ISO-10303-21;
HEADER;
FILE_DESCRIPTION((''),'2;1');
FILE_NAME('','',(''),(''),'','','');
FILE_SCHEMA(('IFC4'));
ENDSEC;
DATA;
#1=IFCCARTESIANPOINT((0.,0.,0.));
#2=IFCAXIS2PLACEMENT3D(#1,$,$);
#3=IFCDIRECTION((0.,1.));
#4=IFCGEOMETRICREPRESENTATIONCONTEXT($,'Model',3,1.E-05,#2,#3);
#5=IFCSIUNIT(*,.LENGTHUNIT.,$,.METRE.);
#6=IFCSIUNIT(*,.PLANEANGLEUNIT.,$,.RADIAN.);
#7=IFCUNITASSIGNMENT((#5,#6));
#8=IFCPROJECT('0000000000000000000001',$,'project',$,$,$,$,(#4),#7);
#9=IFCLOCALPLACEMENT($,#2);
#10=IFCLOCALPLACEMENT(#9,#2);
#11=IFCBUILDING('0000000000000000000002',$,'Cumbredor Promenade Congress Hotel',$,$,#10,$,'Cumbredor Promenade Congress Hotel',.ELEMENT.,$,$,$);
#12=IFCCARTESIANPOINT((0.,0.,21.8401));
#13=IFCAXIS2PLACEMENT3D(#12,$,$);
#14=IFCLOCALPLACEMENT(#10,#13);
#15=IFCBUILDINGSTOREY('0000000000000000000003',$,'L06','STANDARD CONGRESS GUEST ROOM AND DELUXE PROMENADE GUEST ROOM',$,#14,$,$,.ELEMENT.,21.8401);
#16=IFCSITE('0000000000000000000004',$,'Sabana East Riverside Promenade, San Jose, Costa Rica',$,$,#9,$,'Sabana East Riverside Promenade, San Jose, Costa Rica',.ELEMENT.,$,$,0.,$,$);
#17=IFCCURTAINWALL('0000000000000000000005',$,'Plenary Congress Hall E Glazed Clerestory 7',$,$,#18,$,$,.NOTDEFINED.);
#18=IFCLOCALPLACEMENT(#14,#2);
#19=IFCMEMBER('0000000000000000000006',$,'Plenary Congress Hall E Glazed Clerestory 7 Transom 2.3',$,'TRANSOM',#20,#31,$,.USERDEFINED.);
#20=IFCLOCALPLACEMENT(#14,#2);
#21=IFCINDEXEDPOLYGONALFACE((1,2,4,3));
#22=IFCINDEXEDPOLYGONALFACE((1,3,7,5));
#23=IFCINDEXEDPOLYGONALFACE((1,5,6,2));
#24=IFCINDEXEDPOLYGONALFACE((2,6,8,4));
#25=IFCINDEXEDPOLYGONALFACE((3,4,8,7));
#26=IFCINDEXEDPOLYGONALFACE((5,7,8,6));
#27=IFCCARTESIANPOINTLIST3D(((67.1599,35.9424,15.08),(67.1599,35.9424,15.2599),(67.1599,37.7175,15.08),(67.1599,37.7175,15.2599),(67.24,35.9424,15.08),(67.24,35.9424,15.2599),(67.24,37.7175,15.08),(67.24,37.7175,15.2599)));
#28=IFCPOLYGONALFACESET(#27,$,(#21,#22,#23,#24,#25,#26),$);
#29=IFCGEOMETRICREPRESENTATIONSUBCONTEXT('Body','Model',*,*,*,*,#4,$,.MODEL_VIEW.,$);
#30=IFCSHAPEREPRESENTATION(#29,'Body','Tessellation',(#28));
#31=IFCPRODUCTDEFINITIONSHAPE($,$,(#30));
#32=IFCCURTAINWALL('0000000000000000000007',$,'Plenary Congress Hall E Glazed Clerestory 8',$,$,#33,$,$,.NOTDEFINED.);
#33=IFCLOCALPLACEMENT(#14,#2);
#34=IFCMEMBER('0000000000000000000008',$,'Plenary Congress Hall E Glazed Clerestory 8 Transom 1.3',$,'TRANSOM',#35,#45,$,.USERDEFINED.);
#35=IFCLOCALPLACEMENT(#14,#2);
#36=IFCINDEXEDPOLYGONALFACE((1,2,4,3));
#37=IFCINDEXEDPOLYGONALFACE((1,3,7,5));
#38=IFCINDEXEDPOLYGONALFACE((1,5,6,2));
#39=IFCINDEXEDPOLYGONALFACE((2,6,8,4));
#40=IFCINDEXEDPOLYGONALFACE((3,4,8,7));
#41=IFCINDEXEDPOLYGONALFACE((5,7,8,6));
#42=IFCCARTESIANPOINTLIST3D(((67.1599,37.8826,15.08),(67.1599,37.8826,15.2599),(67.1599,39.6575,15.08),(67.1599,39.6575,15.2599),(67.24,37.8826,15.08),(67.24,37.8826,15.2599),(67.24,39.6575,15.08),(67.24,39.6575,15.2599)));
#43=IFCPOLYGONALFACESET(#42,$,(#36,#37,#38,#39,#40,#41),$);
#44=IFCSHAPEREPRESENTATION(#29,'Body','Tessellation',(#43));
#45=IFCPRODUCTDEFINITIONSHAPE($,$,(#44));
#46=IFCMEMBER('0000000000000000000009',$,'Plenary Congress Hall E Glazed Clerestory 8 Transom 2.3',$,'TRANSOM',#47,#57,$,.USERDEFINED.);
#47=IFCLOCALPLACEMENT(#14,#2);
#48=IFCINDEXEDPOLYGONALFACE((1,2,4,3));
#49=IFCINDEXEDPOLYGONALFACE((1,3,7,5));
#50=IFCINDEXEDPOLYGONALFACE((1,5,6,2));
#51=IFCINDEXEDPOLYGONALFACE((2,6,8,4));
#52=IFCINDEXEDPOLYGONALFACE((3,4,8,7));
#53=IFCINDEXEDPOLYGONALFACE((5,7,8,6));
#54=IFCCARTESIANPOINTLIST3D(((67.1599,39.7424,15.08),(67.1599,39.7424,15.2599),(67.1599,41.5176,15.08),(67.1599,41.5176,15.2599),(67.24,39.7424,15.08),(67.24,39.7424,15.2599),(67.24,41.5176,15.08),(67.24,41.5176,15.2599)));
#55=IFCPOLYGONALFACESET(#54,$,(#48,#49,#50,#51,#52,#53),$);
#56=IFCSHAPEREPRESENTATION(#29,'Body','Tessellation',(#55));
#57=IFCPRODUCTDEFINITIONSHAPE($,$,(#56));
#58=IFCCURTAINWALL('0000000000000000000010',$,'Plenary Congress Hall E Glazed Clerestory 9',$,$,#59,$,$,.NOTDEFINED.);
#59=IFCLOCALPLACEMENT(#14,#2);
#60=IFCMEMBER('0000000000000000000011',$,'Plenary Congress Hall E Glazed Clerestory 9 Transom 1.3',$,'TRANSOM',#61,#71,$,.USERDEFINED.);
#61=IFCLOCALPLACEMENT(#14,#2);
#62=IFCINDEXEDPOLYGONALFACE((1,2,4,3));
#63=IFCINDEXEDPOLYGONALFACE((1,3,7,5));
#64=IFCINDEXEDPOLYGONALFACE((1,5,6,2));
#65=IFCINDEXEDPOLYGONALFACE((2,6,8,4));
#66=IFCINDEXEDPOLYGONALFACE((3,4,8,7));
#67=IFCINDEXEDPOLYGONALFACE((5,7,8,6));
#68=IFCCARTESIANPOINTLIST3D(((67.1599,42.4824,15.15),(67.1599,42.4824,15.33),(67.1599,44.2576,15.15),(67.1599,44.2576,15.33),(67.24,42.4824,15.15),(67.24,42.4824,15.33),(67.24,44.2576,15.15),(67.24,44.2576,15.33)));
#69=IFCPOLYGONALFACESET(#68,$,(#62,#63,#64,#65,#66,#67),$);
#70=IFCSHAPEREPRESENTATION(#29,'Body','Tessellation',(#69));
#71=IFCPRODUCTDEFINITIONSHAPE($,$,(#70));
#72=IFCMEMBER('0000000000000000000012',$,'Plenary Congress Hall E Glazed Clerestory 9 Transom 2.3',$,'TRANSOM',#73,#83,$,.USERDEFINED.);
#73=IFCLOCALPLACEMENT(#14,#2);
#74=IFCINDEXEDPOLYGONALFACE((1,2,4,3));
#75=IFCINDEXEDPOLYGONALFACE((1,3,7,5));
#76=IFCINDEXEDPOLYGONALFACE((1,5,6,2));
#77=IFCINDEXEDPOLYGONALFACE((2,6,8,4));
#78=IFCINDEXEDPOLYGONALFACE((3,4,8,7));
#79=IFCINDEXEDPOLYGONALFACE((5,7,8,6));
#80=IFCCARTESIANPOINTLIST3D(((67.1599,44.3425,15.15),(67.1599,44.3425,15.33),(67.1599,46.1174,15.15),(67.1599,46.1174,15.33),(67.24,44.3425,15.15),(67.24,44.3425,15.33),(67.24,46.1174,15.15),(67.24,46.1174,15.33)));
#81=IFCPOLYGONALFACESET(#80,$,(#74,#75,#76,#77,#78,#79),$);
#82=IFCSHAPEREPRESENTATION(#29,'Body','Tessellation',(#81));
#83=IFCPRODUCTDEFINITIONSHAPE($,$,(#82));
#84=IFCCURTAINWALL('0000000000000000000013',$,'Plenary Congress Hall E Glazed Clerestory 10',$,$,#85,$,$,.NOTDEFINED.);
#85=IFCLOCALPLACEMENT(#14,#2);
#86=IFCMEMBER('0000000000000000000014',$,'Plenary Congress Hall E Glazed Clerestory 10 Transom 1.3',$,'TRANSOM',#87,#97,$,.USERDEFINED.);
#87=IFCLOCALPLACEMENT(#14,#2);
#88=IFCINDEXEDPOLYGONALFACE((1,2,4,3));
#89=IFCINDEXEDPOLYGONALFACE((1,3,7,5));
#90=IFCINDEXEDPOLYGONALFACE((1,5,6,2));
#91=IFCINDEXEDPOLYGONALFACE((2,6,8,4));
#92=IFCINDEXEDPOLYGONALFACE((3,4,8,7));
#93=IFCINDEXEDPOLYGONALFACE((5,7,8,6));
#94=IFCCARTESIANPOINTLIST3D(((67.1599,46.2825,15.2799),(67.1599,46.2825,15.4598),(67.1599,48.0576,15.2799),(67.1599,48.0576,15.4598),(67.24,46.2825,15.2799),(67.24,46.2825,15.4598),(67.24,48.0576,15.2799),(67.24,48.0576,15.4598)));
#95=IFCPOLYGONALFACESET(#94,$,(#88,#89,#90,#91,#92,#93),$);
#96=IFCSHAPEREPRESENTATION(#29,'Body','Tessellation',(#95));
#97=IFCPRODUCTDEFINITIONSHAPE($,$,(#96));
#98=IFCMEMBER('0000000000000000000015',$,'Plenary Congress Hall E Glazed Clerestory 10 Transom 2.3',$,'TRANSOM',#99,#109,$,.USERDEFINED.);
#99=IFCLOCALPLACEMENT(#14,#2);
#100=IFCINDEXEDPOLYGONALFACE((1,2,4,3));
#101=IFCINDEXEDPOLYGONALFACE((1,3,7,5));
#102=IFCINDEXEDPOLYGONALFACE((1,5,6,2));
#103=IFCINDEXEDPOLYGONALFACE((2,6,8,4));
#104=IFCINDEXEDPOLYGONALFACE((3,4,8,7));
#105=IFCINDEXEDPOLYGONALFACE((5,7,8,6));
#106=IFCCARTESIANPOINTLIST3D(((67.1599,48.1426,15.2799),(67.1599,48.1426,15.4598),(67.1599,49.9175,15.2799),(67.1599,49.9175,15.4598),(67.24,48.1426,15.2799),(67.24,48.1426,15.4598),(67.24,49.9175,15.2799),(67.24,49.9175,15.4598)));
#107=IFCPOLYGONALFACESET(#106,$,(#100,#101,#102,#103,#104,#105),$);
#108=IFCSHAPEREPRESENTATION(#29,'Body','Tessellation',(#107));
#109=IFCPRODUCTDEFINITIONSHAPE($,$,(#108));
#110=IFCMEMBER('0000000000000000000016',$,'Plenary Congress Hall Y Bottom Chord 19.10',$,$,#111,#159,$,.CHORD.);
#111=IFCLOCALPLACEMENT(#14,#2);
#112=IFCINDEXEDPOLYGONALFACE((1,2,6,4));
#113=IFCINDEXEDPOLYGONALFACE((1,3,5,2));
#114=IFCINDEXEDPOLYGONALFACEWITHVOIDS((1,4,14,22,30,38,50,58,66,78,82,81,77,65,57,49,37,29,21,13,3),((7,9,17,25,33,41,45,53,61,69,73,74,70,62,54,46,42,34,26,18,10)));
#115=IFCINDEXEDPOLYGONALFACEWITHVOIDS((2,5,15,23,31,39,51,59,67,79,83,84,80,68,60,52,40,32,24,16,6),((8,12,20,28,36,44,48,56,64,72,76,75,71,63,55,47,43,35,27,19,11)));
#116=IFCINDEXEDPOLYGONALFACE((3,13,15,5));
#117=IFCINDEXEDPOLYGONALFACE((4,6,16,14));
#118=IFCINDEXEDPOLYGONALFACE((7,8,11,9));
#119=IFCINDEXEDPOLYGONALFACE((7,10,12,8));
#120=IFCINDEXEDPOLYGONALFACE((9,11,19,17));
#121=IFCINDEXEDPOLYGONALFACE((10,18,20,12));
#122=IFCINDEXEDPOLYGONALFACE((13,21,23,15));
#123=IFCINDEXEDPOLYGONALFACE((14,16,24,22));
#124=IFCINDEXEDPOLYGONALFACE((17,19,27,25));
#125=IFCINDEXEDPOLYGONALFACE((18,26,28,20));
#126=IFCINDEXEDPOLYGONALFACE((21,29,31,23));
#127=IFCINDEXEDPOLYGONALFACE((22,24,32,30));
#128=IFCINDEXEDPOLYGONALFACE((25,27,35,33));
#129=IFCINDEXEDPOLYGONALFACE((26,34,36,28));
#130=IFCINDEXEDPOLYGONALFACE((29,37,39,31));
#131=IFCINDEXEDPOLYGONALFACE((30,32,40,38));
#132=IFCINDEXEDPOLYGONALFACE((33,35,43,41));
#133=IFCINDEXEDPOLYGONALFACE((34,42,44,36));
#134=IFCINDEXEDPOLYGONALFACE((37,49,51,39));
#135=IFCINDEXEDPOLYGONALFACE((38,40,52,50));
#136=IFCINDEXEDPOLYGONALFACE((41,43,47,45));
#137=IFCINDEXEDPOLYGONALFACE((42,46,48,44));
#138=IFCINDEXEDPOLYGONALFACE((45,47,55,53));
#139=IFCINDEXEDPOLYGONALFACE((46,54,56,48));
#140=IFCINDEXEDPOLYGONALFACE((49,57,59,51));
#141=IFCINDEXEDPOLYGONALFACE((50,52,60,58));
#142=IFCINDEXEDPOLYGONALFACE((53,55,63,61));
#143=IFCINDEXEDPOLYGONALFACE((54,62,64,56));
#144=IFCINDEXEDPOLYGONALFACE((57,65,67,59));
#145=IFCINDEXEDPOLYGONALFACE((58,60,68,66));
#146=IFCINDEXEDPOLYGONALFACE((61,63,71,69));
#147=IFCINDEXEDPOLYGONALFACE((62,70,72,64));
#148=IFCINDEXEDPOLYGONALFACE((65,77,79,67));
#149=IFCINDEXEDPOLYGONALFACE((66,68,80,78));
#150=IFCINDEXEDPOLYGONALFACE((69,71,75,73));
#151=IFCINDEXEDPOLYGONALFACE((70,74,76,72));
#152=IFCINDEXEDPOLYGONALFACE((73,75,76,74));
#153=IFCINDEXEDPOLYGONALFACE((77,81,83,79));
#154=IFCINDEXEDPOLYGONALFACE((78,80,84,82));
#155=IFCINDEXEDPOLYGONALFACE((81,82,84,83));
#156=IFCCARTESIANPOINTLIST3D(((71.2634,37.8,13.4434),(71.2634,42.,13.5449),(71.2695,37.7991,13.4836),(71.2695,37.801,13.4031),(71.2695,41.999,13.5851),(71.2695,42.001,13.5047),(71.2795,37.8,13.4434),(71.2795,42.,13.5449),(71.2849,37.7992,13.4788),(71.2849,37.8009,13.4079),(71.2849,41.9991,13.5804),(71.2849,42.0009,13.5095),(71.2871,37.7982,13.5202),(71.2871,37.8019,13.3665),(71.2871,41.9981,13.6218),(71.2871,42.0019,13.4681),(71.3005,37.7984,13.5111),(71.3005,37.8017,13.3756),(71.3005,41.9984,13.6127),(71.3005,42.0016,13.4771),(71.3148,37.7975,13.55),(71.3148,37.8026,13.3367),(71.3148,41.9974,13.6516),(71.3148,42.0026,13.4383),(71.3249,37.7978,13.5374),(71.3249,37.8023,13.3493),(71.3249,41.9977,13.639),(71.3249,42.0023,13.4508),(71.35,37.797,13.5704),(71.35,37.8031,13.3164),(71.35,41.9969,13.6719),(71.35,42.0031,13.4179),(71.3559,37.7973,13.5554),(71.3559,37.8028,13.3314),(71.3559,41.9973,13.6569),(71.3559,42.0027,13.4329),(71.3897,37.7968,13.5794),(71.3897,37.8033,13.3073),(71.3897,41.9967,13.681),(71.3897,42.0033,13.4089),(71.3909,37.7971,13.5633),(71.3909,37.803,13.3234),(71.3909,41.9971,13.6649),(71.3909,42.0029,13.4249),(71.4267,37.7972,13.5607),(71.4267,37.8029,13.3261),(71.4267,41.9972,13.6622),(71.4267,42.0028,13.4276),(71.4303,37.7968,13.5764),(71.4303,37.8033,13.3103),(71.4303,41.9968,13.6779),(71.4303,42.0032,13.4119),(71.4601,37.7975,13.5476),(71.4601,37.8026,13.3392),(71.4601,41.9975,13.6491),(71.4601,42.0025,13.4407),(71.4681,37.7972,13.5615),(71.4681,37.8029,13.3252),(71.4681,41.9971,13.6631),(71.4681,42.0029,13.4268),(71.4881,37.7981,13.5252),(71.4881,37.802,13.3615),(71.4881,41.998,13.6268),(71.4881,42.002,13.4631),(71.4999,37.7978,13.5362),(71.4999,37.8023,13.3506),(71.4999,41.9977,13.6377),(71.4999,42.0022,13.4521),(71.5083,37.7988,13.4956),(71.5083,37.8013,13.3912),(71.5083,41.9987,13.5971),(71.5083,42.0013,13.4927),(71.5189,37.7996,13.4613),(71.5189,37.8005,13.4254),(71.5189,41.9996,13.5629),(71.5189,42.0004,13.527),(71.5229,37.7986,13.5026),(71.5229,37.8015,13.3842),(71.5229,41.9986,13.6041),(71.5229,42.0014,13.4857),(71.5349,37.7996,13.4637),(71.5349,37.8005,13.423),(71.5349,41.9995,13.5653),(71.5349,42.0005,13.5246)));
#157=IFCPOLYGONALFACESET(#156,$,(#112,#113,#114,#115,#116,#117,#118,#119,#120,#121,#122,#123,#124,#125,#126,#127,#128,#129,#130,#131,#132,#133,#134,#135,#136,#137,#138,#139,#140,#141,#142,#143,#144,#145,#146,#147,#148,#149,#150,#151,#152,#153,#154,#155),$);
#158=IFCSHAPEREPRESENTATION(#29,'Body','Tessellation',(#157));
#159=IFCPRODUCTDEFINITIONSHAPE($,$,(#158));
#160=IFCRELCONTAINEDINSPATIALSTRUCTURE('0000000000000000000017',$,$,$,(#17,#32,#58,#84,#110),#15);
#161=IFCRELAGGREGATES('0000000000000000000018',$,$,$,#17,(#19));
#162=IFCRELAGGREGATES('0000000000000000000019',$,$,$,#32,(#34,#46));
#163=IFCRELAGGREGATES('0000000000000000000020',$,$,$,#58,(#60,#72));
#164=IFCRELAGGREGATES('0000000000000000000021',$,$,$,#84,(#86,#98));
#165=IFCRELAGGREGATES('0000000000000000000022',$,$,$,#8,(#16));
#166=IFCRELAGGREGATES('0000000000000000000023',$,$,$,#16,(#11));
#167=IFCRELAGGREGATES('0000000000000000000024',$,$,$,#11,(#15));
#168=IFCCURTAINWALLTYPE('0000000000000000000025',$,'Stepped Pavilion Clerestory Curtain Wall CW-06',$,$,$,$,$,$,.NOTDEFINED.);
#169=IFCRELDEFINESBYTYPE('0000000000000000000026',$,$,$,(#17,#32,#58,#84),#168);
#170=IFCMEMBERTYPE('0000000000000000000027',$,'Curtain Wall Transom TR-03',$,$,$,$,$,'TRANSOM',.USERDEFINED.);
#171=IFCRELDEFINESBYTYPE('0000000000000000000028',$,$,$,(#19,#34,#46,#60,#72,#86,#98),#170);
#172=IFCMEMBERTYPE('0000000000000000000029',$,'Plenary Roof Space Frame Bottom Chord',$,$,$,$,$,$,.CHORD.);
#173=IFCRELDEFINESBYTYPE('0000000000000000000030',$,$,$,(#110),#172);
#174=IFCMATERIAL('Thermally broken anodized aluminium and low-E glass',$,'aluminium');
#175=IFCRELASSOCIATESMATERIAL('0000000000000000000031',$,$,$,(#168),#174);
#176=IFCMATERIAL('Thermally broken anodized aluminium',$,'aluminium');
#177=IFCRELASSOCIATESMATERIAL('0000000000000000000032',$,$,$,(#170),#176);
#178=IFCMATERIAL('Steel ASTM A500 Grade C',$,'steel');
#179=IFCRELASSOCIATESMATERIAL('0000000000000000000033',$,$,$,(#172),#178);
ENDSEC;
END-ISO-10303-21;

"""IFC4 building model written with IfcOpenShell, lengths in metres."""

from ifc_helpers import new_model, si_unit, direction, frame, origin, origin_2d, place, context, subcontext, project, spatial, rectangle, hollow_circle, extrude, material, material_profile, profile_set, type_object, element, aggregate, save


model = new_model("IFC4")

# Units and contexts
model_context = context("Model", 3, precision=1e-05, world=origin(), true_north=direction((0.0, 1.0)))
body_context = subcontext(model_context, "Body", "Model", "MODEL_VIEW")
ifc_project = project(units=[si_unit("LENGTHUNIT", "METRE"), si_unit("PLANEANGLEUNIT", "RADIAN")], contexts=[model_context])

# Site, building, storey
site_placement = place(None, origin())
site = spatial("IfcSite", under=ifc_project, at=site_placement, Name="Sabana East Riverside Promenade, San Jose, Costa Rica", LongName="Sabana East Riverside Promenade, San Jose, Costa Rica", CompositionType="ELEMENT", RefElevation=0.0)
building_placement = place(site_placement, origin())
building = spatial("IfcBuilding", under=site, at=building_placement, Name="Cumbredor Promenade Congress Hotel", LongName="Cumbredor Promenade Congress Hotel", CompositionType="ELEMENT")
storey_placement = place(building_placement, frame((0.0, 0.0, 21.8401)))
storey = spatial("IfcBuildingStorey", under=building, at=storey_placement, Name="L06", Description="STANDARD CONGRESS GUEST ROOM AND DELUXE PROMENADE GUEST ROOM", CompositionType="ELEMENT", Elevation=21.8401)

# Curtain wall, member
ifc_material_1 = material(Name="Thermally broken anodized aluminium and low-E glass", Category="aluminium")
curtain_wall_type = type_object("IfcCurtainWallType", Name="Stepped Pavilion Clerestory Curtain Wall CW-06", PredefinedType="NOTDEFINED", material=ifc_material_1)
curtain_wall_1_placement = place(storey_placement, origin())
curtain_wall_1 = element("IfcCurtainWall", 1, at=curtain_wall_1_placement, inside=storey, type_object=curtain_wall_type, Name="Plenary Congress Hall E Glazed Clerestory 7", PredefinedType="NOTDEFINED")
ifc_material_2 = material(Name="Thermally broken anodized aluminium", Category="aluminium")
ifc_material_profile_1 = material_profile(ifc_material_2, rectangle(XDim=0.0801, YDim=0.1799, at=origin_2d()), Name="ALU TRANSOM 80x180")
ifc_profile_set_1 = profile_set([ifc_material_profile_1], Name="Thermally broken anodized aluminium")
member_type_1 = type_object("IfcMemberType", Name="Curtain Wall Transom TR-03", ElementType="TRANSOM", PredefinedType="USERDEFINED", material=ifc_profile_set_1)
member_1_placement = place(storey_placement, frame((67.2, 35.9424, 15.1699), z_axis=(0.0, 1.0, 0.0), x_axis=(-1.0, 0.0, 0.0)))
member_1 = element("IfcMember", 2, at=member_1_placement, type_object=member_type_1, Name="Plenary Congress Hall E Glazed Clerestory 7 Transom 2.3", ObjectType="TRANSOM", PredefinedType="USERDEFINED", context=body_context, shape_type="SweptSolid", body=[
    extrude(rectangle(XDim=0.0801, YDim=0.1799, at=origin_2d()), origin(), (0.0, 0.0, 1.0), 1.7751),
])
aggregate(curtain_wall_1, [member_1])

# Curtain walls, members
curtain_wall_2_placement = place(storey_placement, origin())
curtain_wall_2 = element("IfcCurtainWall", 3, at=curtain_wall_2_placement, inside=storey, type_object=curtain_wall_type, Name="Plenary Congress Hall E Glazed Clerestory 8", PredefinedType="NOTDEFINED")
member_2_placement = place(storey_placement, frame((67.2, 37.8826, 15.1699), z_axis=(0.0, 1.0, 0.0), x_axis=(-1.0, 0.0, 0.0)))
member_2 = element("IfcMember", 4, at=member_2_placement, type_object=member_type_1, Name="Plenary Congress Hall E Glazed Clerestory 8 Transom 1.3", ObjectType="TRANSOM", PredefinedType="USERDEFINED", context=body_context, shape_type="SweptSolid", body=[
    extrude(rectangle(XDim=0.0801, YDim=0.1799, at=origin_2d()), origin(), (0.0, 0.0, 1.0), 1.7749),
])
member_3_placement = place(storey_placement, frame((67.2, 39.7424, 15.1699), z_axis=(0.0, 1.0, 0.0), x_axis=(-1.0, 0.0, 0.0)))
member_3 = element("IfcMember", 5, at=member_3_placement, type_object=member_type_1, Name="Plenary Congress Hall E Glazed Clerestory 8 Transom 2.3", ObjectType="TRANSOM", PredefinedType="USERDEFINED", context=body_context, shape_type="SweptSolid", body=[
    extrude(rectangle(XDim=0.0801, YDim=0.1799, at=origin_2d()), origin(), (0.0, 0.0, 1.0), 1.7751),
])
aggregate(curtain_wall_2, [member_2, member_3])
curtain_wall_3_placement = place(storey_placement, origin())
curtain_wall_3 = element("IfcCurtainWall", 6, at=curtain_wall_3_placement, inside=storey, type_object=curtain_wall_type, Name="Plenary Congress Hall E Glazed Clerestory 9", PredefinedType="NOTDEFINED")
member_4_placement = place(storey_placement, frame((67.2, 42.4824, 15.24), z_axis=(0.0, 1.0, 0.0), x_axis=(-1.0, 0.0, 0.0)))
member_4 = element("IfcMember", 7, at=member_4_placement, type_object=member_type_1, Name="Plenary Congress Hall E Glazed Clerestory 9 Transom 1.3", ObjectType="TRANSOM", PredefinedType="USERDEFINED", context=body_context, shape_type="SweptSolid", body=[
    extrude(rectangle(XDim=0.0801, YDim=0.1799, at=origin_2d()), origin(), (0.0, 0.0, 1.0), 1.7751),
])
member_5_placement = place(storey_placement, frame((67.2, 44.3425, 15.24), z_axis=(0.0, 1.0, 0.0), x_axis=(-1.0, 0.0, 0.0)))
member_5 = element("IfcMember", 8, at=member_5_placement, type_object=member_type_1, Name="Plenary Congress Hall E Glazed Clerestory 9 Transom 2.3", ObjectType="TRANSOM", PredefinedType="USERDEFINED", context=body_context, shape_type="SweptSolid", body=[
    extrude(rectangle(XDim=0.0801, YDim=0.1799, at=origin_2d()), origin(), (0.0, 0.0, 1.0), 1.7749),
])
curtain_wall_4_placement = place(storey_placement, origin())
curtain_wall_4 = element("IfcCurtainWall", 9, at=curtain_wall_4_placement, inside=storey, type_object=curtain_wall_type, Name="Plenary Congress Hall E Glazed Clerestory 10", PredefinedType="NOTDEFINED")
member_6_placement = place(storey_placement, frame((67.2, 46.2825, 15.3699), z_axis=(0.0, 1.0, 0.0), x_axis=(-1.0, 0.0, 0.0)))
member_6 = element("IfcMember", 10, at=member_6_placement, type_object=member_type_1, Name="Plenary Congress Hall E Glazed Clerestory 10 Transom 1.3", ObjectType="TRANSOM", PredefinedType="USERDEFINED", context=body_context, shape_type="SweptSolid", body=[
    extrude(rectangle(XDim=0.0801, YDim=0.1799, at=origin_2d()), origin(), (0.0, 0.0, 1.0), 1.7751),
])
member_7_placement = place(storey_placement, frame((67.2, 48.1426, 15.3699), z_axis=(0.0, 1.0, 0.0), x_axis=(-1.0, 0.0, 0.0)))
member_7 = element("IfcMember", 11, at=member_7_placement, type_object=member_type_1, Name="Plenary Congress Hall E Glazed Clerestory 10 Transom 2.3", ObjectType="TRANSOM", PredefinedType="USERDEFINED", context=body_context, shape_type="SweptSolid", body=[
    extrude(rectangle(XDim=0.0801, YDim=0.1799, at=origin_2d()), origin(), (0.0, 0.0, 1.0), 1.7749),
])

# Member
ifc_material_3 = material(Name="Steel ASTM A500 Grade C", Category="steel")
ifc_material_profile_2 = material_profile(ifc_material_3, hollow_circle(Radius=0.1365, WallThickness=0.0161, at=origin_2d()), Name="CHS 273.0x16")
ifc_profile_set_2 = profile_set([ifc_material_profile_2], Name="Steel ASTM A500 Grade C")
member_type_2 = type_object("IfcMemberType", Name="Plenary Roof Space Frame Bottom Chord", PredefinedType="CHORD", material=ifc_profile_set_2)
member_8_placement = place(storey_placement, frame((71.3999, 37.8, 13.4434), z_axis=(0.0, 0.999708, 0.024175), x_axis=(-1.0, 0.0, 0.0)))
element("IfcMember", 12, at=member_8_placement, inside=storey, type_object=member_type_2, Name="Plenary Congress Hall Y Bottom Chord 19.10", PredefinedType="CHORD", context=body_context, shape_type="SweptSolid", body=[
    extrude(hollow_circle(Radius=0.1365, WallThickness=0.0161, at=origin_2d()), origin(), (0.0, 0.0, 1.0), 4.2012),
])

aggregate(curtain_wall_3, [member_4, member_5])
aggregate(curtain_wall_4, [member_6, member_7])

save(model, "model.ifc")
